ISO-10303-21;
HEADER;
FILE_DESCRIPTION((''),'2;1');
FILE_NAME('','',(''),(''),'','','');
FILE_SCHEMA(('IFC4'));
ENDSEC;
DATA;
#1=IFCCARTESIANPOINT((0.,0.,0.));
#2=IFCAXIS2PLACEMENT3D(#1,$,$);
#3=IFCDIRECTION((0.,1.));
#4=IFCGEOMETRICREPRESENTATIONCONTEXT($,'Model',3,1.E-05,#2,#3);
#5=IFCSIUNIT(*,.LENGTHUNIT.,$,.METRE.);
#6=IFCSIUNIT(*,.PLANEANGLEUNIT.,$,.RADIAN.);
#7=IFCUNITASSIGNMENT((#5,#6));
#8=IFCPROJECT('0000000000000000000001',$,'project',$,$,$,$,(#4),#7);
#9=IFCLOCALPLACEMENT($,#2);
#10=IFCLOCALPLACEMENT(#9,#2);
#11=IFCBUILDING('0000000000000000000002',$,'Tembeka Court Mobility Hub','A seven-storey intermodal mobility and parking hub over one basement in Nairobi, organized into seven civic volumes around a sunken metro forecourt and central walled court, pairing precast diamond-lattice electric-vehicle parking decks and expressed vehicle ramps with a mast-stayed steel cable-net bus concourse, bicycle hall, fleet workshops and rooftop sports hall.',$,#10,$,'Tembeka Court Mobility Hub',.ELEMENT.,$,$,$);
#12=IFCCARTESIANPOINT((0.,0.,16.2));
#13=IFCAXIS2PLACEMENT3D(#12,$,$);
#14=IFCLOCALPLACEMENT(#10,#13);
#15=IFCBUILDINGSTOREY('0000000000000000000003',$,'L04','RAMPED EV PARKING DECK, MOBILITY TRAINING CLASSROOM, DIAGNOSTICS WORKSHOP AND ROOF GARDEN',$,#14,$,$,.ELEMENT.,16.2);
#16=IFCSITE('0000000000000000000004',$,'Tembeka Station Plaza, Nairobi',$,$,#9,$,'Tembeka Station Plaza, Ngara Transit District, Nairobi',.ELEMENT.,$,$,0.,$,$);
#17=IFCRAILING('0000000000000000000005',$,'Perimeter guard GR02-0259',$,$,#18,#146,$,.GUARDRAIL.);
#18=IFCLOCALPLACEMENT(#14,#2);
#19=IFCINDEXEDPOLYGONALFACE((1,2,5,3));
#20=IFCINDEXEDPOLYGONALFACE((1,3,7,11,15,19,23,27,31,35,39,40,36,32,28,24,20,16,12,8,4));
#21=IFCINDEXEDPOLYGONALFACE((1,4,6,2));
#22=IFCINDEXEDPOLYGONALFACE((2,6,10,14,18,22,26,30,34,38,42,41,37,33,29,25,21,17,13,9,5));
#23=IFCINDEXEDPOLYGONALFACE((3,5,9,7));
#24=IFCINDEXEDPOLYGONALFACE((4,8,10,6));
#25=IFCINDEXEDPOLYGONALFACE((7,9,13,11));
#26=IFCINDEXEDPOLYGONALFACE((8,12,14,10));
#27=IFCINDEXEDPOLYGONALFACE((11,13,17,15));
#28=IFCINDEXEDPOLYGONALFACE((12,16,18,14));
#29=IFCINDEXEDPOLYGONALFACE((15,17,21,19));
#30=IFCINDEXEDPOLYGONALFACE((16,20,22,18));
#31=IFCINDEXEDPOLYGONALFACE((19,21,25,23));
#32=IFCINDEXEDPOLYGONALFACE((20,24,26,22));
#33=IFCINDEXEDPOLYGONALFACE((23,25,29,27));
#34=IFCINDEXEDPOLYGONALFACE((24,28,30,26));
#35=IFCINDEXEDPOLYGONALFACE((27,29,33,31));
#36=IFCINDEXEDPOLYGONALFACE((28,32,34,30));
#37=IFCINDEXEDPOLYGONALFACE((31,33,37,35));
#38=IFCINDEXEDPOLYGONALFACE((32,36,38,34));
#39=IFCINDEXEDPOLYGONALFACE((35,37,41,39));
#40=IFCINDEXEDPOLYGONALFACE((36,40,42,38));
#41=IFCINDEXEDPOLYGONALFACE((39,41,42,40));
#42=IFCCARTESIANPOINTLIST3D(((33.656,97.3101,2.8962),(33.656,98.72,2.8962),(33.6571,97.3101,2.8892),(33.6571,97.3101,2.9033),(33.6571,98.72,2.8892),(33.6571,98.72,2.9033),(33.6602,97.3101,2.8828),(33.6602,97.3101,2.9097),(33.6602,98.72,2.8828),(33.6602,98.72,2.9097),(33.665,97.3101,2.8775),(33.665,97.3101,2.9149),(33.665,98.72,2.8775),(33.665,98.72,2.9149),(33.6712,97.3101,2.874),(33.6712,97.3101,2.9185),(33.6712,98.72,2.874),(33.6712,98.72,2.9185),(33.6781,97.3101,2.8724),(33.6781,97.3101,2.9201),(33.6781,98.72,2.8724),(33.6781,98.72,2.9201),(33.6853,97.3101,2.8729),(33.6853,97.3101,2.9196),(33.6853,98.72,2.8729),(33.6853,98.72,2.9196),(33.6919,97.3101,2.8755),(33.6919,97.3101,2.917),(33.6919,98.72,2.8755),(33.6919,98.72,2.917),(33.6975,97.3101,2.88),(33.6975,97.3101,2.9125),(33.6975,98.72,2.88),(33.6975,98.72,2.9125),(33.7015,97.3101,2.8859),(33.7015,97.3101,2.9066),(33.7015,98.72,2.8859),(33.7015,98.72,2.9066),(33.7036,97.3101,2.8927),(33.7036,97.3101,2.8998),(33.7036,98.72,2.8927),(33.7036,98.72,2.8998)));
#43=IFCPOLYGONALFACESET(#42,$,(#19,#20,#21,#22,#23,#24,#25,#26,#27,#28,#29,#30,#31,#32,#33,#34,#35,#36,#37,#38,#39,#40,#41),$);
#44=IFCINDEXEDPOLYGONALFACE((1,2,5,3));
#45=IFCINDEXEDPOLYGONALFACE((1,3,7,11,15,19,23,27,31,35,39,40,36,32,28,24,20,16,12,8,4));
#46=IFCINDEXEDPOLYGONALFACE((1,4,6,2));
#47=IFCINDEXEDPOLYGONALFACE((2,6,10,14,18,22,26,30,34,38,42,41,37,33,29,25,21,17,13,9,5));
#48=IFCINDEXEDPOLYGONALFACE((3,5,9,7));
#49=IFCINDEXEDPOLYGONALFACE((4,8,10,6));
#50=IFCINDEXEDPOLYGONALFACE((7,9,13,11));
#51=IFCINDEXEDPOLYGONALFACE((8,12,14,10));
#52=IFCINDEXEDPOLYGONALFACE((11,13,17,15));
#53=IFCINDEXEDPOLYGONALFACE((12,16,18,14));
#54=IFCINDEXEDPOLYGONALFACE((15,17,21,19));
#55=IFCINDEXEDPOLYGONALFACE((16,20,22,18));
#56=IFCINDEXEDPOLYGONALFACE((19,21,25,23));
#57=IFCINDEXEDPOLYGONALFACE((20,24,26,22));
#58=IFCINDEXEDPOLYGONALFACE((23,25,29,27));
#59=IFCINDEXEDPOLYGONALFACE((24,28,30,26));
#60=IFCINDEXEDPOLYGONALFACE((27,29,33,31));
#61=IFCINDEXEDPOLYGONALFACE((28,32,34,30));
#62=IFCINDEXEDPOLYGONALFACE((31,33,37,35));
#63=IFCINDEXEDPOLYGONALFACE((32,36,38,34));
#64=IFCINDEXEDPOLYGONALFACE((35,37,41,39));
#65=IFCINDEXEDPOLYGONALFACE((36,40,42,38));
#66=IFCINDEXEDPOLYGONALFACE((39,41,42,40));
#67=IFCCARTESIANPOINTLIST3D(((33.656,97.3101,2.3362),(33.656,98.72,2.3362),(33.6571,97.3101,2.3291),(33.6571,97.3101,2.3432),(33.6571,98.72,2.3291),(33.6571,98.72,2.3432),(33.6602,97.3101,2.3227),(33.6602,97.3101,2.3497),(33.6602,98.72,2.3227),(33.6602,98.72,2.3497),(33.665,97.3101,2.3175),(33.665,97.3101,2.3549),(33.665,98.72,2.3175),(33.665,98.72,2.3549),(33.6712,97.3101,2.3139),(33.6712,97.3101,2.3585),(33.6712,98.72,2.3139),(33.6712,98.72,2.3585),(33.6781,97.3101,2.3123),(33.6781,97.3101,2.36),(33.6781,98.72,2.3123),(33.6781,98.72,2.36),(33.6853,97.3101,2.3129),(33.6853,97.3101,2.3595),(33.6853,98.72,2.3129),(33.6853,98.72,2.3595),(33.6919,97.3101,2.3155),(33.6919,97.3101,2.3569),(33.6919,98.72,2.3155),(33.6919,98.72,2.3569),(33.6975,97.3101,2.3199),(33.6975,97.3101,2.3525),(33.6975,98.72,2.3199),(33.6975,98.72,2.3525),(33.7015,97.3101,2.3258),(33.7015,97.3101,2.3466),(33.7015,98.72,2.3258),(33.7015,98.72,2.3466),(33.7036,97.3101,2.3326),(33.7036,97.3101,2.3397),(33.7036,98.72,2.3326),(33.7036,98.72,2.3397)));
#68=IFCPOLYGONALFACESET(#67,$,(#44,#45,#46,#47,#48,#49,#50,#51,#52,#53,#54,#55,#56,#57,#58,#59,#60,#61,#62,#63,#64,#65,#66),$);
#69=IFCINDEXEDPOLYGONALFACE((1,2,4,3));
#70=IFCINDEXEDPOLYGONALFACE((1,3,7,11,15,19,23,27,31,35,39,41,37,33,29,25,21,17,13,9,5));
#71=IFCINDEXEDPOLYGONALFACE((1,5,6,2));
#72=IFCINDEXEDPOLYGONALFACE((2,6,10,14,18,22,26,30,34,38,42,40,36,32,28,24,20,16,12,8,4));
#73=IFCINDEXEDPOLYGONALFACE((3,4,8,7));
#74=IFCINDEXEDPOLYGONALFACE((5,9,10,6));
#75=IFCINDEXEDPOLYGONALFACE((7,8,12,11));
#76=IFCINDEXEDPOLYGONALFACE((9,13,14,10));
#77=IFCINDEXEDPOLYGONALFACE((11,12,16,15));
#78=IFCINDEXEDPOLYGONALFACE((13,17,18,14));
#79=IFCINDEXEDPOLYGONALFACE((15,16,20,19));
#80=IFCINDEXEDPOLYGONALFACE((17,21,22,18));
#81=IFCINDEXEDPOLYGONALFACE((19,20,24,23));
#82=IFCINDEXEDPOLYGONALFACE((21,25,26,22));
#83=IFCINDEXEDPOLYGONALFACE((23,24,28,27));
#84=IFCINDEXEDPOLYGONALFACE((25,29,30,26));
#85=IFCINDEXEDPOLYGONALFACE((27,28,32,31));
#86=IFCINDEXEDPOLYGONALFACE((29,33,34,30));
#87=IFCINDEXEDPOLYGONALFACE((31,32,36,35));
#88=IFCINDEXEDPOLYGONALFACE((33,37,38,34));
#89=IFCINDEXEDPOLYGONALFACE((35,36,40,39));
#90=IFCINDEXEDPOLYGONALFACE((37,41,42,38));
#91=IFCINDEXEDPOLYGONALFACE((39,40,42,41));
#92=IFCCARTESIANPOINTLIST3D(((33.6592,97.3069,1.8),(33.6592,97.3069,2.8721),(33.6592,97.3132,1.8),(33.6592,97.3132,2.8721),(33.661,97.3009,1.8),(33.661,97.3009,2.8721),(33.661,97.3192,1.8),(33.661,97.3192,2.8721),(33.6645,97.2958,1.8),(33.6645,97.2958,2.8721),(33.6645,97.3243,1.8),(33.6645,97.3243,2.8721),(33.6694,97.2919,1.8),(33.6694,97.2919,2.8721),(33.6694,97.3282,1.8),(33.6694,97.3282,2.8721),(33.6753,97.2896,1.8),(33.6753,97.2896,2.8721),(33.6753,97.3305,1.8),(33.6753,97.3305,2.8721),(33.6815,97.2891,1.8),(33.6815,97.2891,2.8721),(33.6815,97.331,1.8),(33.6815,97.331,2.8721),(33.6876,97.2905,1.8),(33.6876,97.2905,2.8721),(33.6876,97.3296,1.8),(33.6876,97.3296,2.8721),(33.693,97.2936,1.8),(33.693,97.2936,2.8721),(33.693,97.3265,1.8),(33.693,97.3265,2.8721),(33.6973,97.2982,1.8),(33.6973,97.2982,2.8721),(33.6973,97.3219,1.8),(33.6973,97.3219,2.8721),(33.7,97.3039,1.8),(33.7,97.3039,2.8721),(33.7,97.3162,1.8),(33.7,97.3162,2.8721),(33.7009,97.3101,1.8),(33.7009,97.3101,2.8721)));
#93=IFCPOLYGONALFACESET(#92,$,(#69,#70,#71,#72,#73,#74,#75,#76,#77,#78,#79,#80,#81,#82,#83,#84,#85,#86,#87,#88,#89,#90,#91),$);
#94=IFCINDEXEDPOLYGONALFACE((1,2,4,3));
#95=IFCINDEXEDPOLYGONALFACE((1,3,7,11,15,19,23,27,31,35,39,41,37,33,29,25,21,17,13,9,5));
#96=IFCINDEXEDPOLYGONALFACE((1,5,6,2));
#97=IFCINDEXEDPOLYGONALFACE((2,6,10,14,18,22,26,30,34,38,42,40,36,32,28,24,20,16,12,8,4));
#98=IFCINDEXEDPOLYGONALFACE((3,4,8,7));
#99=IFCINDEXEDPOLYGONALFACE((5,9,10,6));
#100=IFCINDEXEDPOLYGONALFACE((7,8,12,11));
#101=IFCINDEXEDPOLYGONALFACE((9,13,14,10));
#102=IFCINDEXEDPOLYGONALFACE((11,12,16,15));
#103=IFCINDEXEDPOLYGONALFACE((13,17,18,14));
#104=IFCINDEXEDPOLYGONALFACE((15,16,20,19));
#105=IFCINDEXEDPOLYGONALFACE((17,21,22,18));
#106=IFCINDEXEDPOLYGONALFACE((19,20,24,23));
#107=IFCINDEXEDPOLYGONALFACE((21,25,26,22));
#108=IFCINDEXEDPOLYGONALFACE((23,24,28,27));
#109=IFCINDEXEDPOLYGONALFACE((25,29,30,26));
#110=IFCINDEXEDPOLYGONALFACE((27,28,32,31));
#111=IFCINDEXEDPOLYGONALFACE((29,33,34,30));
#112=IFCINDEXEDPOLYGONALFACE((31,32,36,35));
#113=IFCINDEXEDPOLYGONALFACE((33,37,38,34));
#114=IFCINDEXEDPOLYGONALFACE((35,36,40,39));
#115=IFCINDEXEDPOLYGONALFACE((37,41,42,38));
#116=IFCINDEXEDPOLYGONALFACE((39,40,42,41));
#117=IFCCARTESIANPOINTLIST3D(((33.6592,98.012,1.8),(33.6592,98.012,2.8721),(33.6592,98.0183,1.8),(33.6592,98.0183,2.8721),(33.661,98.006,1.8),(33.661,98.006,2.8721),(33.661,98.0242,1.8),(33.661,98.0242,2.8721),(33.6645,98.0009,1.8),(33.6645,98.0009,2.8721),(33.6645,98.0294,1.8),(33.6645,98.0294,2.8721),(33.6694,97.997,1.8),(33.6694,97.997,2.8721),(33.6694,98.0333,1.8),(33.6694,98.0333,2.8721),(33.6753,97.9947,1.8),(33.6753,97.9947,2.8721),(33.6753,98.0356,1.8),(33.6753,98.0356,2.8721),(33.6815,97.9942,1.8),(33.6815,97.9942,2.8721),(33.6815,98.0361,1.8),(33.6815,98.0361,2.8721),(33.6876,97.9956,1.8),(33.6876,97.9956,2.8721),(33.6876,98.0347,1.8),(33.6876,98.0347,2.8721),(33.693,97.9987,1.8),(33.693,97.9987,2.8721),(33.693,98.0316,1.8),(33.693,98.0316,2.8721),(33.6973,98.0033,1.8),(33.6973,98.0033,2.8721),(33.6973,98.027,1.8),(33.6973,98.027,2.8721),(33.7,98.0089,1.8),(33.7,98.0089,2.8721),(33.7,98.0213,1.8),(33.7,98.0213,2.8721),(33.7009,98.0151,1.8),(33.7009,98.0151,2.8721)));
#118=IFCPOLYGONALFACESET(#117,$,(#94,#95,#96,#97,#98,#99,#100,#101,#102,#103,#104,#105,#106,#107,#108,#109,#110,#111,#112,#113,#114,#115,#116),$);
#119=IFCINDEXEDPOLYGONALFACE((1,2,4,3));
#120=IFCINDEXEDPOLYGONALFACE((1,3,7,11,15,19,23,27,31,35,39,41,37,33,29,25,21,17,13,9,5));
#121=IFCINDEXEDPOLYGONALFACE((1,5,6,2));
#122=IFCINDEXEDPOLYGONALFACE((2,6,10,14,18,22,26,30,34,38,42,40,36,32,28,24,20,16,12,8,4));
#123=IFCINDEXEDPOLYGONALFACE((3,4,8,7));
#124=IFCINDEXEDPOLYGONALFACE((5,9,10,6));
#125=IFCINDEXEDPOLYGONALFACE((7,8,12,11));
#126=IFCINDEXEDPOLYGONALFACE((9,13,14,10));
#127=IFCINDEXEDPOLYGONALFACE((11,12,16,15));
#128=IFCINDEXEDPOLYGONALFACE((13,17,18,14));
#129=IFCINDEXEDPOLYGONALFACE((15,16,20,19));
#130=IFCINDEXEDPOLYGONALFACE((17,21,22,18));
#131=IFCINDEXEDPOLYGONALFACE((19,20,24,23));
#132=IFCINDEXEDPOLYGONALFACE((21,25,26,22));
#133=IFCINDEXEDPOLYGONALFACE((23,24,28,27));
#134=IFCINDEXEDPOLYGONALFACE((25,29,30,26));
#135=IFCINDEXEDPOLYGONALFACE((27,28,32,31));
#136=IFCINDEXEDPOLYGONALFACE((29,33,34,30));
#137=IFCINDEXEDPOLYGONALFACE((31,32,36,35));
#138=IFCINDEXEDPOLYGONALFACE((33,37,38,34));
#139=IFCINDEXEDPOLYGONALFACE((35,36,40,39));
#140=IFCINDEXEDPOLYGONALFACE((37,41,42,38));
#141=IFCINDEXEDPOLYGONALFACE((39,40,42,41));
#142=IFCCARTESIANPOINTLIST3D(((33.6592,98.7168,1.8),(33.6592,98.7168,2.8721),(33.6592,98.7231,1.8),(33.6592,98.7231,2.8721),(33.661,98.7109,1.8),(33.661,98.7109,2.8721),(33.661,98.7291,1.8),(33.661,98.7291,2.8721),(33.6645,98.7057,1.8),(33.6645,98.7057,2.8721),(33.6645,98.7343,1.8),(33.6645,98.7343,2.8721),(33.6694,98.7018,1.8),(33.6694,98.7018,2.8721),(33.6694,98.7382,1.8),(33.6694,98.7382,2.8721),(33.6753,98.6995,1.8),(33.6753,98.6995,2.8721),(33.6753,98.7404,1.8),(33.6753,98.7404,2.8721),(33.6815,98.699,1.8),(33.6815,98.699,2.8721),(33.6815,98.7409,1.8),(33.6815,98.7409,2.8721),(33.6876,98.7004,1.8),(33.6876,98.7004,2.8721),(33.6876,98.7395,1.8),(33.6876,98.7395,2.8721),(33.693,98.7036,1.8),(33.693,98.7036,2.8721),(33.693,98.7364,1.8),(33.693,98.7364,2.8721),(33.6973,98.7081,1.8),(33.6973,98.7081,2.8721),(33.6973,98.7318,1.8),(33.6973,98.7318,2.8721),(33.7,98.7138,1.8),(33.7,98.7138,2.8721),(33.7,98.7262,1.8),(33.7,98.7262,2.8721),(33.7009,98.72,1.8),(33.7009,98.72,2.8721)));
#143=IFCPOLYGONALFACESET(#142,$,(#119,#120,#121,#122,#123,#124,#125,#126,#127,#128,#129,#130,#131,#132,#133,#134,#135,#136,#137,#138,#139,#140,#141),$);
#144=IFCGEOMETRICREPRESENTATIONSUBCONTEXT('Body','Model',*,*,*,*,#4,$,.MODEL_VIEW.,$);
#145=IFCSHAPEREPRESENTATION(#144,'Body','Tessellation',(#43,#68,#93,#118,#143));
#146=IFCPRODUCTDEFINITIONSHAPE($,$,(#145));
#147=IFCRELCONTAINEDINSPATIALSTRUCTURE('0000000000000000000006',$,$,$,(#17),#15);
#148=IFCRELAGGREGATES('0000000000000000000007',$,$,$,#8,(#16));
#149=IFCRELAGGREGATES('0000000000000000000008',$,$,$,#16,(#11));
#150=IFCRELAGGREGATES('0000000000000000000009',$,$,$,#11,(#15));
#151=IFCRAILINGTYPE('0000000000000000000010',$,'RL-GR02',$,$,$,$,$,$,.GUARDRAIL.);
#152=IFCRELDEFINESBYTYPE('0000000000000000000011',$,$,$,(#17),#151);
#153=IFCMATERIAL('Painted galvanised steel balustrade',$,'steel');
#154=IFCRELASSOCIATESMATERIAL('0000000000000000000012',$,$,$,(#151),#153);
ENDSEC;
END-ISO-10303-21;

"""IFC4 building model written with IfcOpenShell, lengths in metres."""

from ifc_helpers import new_model, si_unit, direction, frame, origin, origin_2d, place, context, subcontext, project, spatial, circle, extrude, material, type_object, element, save


model = new_model("IFC4")

# Units and contexts
model_context = context("Model", 3, precision=1e-05, world=origin(), true_north=direction((0.0, 1.0)))
body_context = subcontext(model_context, "Body", "Model", "MODEL_VIEW")
ifc_project = project(units=[si_unit("LENGTHUNIT", "METRE"), si_unit("PLANEANGLEUNIT", "RADIAN")], contexts=[model_context])

# Site, building, storey
site_placement = place(None, origin())
site = spatial("IfcSite", under=ifc_project, at=site_placement, Name="Tembeka Station Plaza, Nairobi", LongName="Tembeka Station Plaza, Ngara Transit District, Nairobi", CompositionType="ELEMENT", RefElevation=0.0)
building_placement = place(site_placement, origin())
building = spatial("IfcBuilding", under=site, at=building_placement, Name="Tembeka Court Mobility Hub", Description="A seven-storey intermodal mobility and parking hub over one basement in Nairobi, organized into seven civic volumes around a sunken metro forecourt and central walled court, pairing precast diamond-lattice electric-vehicle parking decks and expressed vehicle ramps with a mast-stayed steel cable-net bus concourse, bicycle hall, fleet workshops and rooftop sports hall.", LongName="Tembeka Court Mobility Hub", CompositionType="ELEMENT")
storey_placement = place(building_placement, frame((0.0, 0.0, 16.2)))
storey = spatial("IfcBuildingStorey", under=building, at=storey_placement, Name="L04", Description="RAMPED EV PARKING DECK, MOBILITY TRAINING CLASSROOM, DIAGNOSTICS WORKSHOP AND ROOF GARDEN", CompositionType="ELEMENT", Elevation=16.2)

# Railing
ifc_material_1 = material(Name="Painted galvanised steel balustrade", Category="steel")
railing_type = type_object("IfcRailingType", Name="RL-GR02", PredefinedType="GUARDRAIL", material=ifc_material_1)
railing_1_placement = place(storey_placement, frame((33.6799, 97.3101, 1.8)))
element("IfcRailing", 1, at=railing_1_placement, inside=storey, type_object=railing_type, Name="Perimeter guard GR02-0259", PredefinedType="GUARDRAIL", context=body_context, shape_type="SweptSolid", body=[
    extrude(circle(Radius=0.0239, at=origin_2d()), frame((0.0, 0.0, 1.0962), z_axis=(0.0, 1.0, 0.0), x_axis=(-1.0, 0.0, 0.0)), (0.0, 0.0, 1.0), 1.4099),
    extrude(circle(Radius=0.0239, at=origin_2d()), frame((0.0, 0.0, 0.5361), z_axis=(0.0, 1.0, 0.0), x_axis=(-1.0, 0.0, 0.0)), (0.0, 0.0, 1.0), 1.4099),
    extrude(circle(Radius=0.021, at=origin_2d()), origin(), (0.0, 0.0, 1.0), 1.072),
    extrude(circle(Radius=0.021, at=origin_2d()), frame((0.0, 0.7051, 0.0)), (0.0, 0.0, 1.0), 1.072),
    extrude(circle(Radius=0.021, at=origin_2d()), frame((0.0, 1.4099, 0.0)), (0.0, 0.0, 1.0), 1.072),
])

save(model, "model.ifc")
